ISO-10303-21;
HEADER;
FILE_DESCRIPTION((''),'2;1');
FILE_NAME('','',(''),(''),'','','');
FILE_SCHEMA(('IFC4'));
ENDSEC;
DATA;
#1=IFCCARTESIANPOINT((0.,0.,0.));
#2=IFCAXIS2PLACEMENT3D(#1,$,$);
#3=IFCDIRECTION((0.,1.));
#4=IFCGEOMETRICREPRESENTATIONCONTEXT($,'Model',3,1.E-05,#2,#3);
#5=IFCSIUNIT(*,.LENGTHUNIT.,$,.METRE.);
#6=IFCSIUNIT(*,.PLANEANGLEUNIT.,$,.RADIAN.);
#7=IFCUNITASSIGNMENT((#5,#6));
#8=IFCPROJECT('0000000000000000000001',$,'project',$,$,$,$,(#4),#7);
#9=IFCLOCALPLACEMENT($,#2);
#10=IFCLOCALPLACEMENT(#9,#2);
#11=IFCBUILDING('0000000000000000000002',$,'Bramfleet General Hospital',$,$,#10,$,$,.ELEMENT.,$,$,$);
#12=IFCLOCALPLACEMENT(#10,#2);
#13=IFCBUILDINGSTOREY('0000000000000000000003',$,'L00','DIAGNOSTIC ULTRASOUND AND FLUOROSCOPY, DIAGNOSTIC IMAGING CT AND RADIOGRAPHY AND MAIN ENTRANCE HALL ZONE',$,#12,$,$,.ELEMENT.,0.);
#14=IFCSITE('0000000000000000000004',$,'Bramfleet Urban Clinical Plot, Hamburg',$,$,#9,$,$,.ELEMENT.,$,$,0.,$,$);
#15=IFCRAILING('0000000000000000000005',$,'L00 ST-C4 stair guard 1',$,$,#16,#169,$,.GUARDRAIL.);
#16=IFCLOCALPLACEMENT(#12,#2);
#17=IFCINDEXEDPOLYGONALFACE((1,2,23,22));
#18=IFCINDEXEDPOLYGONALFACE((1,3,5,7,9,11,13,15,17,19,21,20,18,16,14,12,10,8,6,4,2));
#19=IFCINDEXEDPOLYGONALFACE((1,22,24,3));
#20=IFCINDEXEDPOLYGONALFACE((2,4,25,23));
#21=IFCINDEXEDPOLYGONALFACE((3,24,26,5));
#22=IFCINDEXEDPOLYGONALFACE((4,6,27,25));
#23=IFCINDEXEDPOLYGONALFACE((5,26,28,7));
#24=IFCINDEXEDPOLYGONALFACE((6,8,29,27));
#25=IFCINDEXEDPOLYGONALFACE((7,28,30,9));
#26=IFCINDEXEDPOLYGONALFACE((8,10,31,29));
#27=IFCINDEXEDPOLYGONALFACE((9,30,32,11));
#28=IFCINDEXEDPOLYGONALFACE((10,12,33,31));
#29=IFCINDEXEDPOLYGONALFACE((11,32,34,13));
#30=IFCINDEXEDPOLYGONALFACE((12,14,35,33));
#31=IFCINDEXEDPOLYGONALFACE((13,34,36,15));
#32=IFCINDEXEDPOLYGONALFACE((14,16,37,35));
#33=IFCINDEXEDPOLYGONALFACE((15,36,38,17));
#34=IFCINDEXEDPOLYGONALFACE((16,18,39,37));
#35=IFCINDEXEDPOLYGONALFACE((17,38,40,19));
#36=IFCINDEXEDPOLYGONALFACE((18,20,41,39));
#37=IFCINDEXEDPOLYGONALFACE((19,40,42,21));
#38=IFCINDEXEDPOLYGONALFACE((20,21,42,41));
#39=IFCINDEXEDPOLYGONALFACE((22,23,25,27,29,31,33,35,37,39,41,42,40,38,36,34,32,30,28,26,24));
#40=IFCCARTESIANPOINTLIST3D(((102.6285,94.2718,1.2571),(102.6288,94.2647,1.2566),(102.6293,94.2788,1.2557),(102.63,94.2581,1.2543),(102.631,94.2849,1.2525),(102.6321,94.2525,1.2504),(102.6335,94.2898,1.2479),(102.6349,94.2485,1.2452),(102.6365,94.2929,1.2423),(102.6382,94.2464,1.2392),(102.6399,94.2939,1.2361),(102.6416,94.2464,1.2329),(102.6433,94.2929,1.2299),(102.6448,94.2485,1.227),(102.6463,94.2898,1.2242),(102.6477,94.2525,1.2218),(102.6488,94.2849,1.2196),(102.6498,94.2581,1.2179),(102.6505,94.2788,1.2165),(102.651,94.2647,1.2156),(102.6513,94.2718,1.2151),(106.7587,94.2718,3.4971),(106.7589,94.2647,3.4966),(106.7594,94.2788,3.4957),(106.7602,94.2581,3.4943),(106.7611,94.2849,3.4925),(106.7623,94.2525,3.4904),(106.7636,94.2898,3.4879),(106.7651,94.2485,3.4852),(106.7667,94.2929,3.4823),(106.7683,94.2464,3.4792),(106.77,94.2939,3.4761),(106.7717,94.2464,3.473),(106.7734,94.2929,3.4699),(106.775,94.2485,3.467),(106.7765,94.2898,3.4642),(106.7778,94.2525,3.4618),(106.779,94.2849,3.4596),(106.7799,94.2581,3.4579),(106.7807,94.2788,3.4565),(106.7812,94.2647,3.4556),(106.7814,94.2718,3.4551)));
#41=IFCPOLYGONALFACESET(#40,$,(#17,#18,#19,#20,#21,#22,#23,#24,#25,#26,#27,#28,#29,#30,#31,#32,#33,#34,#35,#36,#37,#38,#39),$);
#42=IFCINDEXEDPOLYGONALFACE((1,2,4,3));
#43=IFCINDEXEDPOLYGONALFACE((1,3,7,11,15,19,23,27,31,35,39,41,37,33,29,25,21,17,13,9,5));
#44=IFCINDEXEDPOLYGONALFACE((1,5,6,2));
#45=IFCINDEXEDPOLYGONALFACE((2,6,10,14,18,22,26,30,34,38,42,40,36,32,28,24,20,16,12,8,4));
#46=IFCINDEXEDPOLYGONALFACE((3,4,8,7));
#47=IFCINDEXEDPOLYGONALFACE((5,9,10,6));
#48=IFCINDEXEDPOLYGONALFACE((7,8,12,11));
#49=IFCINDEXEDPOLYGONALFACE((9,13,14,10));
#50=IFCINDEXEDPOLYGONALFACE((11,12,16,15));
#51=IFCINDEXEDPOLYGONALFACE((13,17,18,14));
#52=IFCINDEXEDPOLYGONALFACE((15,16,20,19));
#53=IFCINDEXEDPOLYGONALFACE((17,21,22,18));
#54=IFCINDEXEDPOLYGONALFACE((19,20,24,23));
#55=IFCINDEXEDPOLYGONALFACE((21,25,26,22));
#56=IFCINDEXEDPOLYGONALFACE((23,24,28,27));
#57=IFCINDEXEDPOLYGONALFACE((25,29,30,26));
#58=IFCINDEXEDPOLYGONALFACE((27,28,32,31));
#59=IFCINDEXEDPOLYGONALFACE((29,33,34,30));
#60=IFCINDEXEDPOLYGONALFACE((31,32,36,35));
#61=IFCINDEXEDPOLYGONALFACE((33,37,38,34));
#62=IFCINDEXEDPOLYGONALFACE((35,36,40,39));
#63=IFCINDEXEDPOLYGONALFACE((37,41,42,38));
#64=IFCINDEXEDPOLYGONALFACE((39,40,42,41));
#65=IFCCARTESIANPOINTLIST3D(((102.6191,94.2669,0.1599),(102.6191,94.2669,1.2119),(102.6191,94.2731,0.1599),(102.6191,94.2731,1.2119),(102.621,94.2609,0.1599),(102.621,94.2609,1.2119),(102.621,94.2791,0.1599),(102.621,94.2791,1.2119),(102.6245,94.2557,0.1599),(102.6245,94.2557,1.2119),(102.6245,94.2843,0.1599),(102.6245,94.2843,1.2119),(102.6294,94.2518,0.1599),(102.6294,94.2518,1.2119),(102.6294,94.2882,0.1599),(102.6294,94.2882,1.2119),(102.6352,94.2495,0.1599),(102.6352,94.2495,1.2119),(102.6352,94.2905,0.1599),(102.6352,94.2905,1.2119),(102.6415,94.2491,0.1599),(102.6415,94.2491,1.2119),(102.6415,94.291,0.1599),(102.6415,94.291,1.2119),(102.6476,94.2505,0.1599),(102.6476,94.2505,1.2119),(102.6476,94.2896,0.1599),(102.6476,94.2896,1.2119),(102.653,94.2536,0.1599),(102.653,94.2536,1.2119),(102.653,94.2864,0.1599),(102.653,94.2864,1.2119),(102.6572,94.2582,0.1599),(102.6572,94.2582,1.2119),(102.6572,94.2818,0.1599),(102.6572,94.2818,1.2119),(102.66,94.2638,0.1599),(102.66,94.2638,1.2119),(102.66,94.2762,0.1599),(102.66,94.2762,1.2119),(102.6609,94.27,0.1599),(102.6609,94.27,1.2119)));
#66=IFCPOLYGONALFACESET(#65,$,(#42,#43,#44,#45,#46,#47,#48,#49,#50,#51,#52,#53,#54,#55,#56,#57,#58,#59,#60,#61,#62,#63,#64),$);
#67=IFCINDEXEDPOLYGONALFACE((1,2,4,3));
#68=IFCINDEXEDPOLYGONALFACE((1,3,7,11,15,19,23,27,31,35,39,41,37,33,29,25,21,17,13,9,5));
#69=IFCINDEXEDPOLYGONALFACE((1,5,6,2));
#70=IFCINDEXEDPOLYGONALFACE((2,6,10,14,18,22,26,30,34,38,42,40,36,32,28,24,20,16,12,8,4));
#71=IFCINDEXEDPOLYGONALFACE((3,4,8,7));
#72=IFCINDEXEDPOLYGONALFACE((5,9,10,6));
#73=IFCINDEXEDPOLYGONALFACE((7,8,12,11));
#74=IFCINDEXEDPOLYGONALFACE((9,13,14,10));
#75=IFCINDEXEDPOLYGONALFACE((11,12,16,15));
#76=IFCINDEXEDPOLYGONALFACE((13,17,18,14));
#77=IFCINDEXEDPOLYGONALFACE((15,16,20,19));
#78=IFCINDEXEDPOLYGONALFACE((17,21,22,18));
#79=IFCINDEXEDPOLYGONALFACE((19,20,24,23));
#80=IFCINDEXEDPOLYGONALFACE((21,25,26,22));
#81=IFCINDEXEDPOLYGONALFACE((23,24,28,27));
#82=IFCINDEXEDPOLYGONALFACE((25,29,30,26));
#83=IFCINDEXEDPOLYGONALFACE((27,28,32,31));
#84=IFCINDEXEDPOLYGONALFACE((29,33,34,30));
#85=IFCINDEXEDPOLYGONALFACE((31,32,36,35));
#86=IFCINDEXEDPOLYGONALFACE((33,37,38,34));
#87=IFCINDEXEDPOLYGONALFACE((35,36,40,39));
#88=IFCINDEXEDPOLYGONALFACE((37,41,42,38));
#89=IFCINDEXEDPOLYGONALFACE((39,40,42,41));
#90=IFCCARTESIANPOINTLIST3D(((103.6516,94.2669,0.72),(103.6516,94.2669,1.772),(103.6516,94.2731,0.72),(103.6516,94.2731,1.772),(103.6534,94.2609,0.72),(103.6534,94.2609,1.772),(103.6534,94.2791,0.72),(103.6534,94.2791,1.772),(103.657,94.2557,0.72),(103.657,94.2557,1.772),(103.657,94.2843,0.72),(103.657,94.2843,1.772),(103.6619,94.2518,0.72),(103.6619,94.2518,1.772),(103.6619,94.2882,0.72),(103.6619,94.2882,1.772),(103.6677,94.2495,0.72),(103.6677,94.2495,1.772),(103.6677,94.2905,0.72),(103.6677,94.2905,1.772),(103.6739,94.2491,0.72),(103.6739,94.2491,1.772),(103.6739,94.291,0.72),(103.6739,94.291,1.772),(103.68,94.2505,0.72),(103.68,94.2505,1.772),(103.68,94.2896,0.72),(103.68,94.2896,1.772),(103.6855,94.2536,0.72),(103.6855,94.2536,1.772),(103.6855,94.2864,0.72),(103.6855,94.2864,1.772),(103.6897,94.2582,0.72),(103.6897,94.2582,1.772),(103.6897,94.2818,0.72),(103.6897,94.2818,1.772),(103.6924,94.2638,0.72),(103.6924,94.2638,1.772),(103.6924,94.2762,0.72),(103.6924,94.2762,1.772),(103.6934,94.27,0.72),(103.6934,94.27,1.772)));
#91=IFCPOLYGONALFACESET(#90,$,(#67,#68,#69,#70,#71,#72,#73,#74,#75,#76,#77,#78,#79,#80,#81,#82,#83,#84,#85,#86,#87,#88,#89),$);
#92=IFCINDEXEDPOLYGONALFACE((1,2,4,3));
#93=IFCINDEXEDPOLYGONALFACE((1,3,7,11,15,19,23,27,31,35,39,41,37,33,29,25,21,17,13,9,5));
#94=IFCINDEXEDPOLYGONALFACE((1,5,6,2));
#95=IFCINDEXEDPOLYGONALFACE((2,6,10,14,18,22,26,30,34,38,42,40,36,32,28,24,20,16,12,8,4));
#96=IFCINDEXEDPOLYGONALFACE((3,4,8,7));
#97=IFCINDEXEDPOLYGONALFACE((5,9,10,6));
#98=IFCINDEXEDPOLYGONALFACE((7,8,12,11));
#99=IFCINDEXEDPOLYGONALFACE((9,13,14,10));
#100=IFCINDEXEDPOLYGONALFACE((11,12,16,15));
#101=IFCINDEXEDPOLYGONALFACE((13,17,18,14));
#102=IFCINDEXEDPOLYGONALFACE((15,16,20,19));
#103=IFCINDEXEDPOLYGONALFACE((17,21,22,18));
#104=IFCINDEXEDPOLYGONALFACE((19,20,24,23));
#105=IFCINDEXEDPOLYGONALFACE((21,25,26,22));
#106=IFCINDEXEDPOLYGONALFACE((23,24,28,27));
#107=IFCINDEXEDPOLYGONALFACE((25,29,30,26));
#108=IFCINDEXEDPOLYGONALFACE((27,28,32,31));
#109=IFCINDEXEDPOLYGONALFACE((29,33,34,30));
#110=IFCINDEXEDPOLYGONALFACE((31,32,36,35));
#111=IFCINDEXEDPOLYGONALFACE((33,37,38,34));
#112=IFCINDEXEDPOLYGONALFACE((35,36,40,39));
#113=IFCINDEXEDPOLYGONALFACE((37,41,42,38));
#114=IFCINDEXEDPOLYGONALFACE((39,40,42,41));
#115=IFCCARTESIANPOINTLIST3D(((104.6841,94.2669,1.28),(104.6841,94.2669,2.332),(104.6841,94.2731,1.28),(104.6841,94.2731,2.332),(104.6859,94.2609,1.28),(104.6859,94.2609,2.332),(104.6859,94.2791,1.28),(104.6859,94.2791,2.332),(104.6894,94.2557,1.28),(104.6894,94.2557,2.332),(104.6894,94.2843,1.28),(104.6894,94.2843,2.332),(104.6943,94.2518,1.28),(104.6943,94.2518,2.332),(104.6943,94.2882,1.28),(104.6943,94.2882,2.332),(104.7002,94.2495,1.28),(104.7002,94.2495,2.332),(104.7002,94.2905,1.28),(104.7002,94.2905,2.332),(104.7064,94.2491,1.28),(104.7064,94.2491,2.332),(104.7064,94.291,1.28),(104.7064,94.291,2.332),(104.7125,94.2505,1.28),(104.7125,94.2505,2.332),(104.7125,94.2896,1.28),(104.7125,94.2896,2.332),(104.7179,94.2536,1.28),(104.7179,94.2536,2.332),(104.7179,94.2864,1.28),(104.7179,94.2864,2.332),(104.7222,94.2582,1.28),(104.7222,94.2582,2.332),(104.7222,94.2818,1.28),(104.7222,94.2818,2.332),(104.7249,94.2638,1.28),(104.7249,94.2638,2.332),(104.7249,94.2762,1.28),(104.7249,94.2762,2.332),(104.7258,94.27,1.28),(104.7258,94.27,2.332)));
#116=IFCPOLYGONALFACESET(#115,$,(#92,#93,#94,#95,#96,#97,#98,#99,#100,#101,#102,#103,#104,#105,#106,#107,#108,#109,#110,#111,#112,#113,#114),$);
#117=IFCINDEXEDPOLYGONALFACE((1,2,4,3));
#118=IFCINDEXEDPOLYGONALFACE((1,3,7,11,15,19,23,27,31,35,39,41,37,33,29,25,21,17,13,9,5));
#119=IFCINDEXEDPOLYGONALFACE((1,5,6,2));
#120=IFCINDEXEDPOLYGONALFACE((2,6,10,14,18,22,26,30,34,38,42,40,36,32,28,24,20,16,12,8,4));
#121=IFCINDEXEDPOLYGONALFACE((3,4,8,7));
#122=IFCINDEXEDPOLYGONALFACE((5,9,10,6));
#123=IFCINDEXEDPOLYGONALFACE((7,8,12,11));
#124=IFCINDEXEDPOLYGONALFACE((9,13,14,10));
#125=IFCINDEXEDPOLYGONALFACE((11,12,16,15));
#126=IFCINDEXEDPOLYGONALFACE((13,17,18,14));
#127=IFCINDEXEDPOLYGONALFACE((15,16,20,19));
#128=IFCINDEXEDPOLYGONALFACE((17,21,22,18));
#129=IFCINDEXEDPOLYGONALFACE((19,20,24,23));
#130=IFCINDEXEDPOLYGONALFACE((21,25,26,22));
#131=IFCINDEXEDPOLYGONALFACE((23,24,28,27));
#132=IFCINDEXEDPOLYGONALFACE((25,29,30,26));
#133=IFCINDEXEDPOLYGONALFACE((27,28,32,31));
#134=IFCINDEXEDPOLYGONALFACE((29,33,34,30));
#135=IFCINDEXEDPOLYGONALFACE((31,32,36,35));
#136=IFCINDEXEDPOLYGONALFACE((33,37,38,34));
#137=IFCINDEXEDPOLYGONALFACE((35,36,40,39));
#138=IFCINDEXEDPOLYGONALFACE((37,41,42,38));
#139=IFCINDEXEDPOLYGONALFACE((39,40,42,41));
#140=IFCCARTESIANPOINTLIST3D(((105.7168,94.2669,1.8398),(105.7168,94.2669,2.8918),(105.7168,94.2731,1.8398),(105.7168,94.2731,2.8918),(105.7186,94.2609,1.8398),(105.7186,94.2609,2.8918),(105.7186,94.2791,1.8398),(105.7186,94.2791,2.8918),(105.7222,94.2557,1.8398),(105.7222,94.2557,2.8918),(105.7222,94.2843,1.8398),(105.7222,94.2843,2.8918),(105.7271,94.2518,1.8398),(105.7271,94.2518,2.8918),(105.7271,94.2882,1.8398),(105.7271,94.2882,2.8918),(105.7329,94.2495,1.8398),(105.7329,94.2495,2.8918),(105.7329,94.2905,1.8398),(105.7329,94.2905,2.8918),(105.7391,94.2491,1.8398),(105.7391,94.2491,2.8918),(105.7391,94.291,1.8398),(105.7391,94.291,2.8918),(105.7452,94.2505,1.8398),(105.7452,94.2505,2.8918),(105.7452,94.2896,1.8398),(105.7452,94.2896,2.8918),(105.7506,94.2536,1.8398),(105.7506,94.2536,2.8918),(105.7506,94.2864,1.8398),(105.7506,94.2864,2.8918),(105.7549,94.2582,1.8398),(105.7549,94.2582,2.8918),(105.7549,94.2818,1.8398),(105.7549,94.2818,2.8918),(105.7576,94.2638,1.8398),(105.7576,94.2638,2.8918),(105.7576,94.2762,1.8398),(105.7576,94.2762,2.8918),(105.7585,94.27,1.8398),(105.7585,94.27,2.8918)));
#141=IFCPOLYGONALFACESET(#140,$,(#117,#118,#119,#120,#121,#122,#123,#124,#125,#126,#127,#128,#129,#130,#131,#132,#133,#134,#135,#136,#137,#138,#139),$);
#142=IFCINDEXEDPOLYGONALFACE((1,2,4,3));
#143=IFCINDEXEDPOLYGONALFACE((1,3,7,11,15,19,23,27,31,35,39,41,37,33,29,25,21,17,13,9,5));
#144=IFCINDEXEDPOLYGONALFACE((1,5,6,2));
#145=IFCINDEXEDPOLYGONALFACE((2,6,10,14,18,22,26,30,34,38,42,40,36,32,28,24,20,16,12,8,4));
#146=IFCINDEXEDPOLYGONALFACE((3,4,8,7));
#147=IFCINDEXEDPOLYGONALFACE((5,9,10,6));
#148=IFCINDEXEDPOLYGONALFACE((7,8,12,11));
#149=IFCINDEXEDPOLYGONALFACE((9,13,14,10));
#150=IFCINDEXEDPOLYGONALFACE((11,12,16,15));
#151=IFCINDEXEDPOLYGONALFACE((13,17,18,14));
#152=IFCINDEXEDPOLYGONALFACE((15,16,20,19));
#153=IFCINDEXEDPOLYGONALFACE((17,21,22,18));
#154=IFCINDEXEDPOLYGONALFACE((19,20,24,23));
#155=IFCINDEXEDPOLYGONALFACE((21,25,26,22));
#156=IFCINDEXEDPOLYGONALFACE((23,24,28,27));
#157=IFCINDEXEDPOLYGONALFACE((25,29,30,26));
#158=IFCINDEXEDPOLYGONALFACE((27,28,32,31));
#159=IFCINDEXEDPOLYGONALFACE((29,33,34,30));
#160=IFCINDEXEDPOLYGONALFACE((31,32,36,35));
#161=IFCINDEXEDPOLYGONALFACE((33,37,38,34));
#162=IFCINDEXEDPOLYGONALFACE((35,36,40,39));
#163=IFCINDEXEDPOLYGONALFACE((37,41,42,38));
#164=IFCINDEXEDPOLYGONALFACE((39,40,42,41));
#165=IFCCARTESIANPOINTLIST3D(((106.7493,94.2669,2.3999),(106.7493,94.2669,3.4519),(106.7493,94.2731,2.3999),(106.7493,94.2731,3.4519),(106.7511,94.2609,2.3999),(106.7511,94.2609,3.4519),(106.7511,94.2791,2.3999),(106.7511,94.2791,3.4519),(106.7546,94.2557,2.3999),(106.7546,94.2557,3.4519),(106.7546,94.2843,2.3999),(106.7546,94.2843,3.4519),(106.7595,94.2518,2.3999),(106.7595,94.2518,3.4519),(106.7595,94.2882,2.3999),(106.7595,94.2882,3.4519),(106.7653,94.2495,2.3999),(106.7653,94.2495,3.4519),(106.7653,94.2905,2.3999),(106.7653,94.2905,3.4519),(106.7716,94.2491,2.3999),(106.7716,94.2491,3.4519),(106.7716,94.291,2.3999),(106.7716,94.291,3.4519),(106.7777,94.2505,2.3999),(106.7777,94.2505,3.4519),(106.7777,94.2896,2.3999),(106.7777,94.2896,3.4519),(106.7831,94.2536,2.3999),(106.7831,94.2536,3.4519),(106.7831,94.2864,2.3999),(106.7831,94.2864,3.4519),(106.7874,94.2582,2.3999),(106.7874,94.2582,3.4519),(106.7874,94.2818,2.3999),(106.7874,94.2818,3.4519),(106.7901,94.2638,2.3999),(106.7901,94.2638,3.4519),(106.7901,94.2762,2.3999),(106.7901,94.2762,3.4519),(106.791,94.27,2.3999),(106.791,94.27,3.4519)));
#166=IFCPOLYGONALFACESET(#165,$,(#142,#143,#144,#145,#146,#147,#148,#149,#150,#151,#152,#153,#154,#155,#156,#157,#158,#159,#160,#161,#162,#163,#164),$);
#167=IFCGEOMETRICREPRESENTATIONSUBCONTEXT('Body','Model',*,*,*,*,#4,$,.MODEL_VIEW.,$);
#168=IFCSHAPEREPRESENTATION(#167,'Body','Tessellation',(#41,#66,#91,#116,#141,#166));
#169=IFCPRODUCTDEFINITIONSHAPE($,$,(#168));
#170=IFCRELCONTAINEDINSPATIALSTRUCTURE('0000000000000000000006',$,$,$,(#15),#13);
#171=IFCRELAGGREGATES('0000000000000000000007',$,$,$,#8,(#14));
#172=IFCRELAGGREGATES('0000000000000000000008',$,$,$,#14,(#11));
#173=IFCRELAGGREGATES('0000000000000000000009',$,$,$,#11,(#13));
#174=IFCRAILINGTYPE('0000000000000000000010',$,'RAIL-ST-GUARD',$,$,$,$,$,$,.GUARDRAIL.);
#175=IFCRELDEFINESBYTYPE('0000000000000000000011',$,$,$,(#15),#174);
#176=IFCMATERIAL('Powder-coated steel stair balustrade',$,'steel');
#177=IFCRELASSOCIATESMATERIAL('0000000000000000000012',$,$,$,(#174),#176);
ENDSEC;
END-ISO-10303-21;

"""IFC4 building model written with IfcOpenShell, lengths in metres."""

from ifc_helpers import new_model, si_unit, direction, frame, origin, origin_2d, place, context, subcontext, project, spatial, circle, extrude, material, type_object, element, save


model = new_model("IFC4")

# Units and contexts
model_context = context("Model", 3, precision=1e-05, world=origin(), true_north=direction((0.0, 1.0)))
body_context = subcontext(model_context, "Body", "Model", "MODEL_VIEW")
ifc_project = project(units=[si_unit("LENGTHUNIT", "METRE"), si_unit("PLANEANGLEUNIT", "RADIAN")], contexts=[model_context])

# Site, building, storey
site_placement = place(None, origin())
site = spatial("IfcSite", under=ifc_project, at=site_placement, Name="Bramfleet Urban Clinical Plot, Hamburg", CompositionType="ELEMENT", RefElevation=0.0)
building_placement = place(site_placement, origin())
building = spatial("IfcBuilding", under=site, at=building_placement, Name="Bramfleet General Hospital", CompositionType="ELEMENT")
storey_placement = place(building_placement, origin())
storey = spatial("IfcBuildingStorey", under=building, at=storey_placement, Name="L00", Description="DIAGNOSTIC ULTRASOUND AND FLUOROSCOPY, DIAGNOSTIC IMAGING CT AND RADIOGRAPHY AND MAIN ENTRANCE HALL ZONE", CompositionType="ELEMENT", Elevation=0.0)

# Railing
ifc_material_1 = material(Name="Powder-coated steel stair balustrade", Category="steel")
railing_type_1 = type_object("IfcRailingType", Name="RAIL-ST-GUARD", PredefinedType="GUARDRAIL", material=ifc_material_1)
railing_1_placement = place(storey_placement, frame((102.6399, 94.27, 0.1599)))
element("IfcRailing", 1, at=railing_1_placement, inside=storey, type_object=railing_type_1, Name="L00 ST-C4 stair guard 1", PredefinedType="GUARDRAIL", context=body_context, shape_type="SweptSolid", body=[
    extrude(circle(Radius=0.0239, at=origin_2d()), frame((0.0, 0.0, 1.0762), z_axis=(0.879039, 0.0, 0.47675), x_axis=(0.0, 1.0, 0.0)), (0.0, 0.0, 1.0), 4.6985),
    extrude(circle(Radius=0.021, at=origin_2d()), origin(), (0.0, 0.0, 1.0), 1.052),
    extrude(circle(Radius=0.021, at=origin_2d()), frame((1.0325, 0.0, 0.5601)), (0.0, 0.0, 1.0), 1.052),
    extrude(circle(Radius=0.021, at=origin_2d()), frame((2.0649, 0.0, 1.1201)), (0.0, 0.0, 1.0), 1.052),
    extrude(circle(Radius=0.021, at=origin_2d()), frame((3.0977, 0.0, 1.6799)), (0.0, 0.0, 1.0), 1.052),
    extrude(circle(Radius=0.021, at=origin_2d()), frame((4.1301, 0.0, 2.24)), (0.0, 0.0, 1.0), 1.052),
])

save(model, "model.ifc")
